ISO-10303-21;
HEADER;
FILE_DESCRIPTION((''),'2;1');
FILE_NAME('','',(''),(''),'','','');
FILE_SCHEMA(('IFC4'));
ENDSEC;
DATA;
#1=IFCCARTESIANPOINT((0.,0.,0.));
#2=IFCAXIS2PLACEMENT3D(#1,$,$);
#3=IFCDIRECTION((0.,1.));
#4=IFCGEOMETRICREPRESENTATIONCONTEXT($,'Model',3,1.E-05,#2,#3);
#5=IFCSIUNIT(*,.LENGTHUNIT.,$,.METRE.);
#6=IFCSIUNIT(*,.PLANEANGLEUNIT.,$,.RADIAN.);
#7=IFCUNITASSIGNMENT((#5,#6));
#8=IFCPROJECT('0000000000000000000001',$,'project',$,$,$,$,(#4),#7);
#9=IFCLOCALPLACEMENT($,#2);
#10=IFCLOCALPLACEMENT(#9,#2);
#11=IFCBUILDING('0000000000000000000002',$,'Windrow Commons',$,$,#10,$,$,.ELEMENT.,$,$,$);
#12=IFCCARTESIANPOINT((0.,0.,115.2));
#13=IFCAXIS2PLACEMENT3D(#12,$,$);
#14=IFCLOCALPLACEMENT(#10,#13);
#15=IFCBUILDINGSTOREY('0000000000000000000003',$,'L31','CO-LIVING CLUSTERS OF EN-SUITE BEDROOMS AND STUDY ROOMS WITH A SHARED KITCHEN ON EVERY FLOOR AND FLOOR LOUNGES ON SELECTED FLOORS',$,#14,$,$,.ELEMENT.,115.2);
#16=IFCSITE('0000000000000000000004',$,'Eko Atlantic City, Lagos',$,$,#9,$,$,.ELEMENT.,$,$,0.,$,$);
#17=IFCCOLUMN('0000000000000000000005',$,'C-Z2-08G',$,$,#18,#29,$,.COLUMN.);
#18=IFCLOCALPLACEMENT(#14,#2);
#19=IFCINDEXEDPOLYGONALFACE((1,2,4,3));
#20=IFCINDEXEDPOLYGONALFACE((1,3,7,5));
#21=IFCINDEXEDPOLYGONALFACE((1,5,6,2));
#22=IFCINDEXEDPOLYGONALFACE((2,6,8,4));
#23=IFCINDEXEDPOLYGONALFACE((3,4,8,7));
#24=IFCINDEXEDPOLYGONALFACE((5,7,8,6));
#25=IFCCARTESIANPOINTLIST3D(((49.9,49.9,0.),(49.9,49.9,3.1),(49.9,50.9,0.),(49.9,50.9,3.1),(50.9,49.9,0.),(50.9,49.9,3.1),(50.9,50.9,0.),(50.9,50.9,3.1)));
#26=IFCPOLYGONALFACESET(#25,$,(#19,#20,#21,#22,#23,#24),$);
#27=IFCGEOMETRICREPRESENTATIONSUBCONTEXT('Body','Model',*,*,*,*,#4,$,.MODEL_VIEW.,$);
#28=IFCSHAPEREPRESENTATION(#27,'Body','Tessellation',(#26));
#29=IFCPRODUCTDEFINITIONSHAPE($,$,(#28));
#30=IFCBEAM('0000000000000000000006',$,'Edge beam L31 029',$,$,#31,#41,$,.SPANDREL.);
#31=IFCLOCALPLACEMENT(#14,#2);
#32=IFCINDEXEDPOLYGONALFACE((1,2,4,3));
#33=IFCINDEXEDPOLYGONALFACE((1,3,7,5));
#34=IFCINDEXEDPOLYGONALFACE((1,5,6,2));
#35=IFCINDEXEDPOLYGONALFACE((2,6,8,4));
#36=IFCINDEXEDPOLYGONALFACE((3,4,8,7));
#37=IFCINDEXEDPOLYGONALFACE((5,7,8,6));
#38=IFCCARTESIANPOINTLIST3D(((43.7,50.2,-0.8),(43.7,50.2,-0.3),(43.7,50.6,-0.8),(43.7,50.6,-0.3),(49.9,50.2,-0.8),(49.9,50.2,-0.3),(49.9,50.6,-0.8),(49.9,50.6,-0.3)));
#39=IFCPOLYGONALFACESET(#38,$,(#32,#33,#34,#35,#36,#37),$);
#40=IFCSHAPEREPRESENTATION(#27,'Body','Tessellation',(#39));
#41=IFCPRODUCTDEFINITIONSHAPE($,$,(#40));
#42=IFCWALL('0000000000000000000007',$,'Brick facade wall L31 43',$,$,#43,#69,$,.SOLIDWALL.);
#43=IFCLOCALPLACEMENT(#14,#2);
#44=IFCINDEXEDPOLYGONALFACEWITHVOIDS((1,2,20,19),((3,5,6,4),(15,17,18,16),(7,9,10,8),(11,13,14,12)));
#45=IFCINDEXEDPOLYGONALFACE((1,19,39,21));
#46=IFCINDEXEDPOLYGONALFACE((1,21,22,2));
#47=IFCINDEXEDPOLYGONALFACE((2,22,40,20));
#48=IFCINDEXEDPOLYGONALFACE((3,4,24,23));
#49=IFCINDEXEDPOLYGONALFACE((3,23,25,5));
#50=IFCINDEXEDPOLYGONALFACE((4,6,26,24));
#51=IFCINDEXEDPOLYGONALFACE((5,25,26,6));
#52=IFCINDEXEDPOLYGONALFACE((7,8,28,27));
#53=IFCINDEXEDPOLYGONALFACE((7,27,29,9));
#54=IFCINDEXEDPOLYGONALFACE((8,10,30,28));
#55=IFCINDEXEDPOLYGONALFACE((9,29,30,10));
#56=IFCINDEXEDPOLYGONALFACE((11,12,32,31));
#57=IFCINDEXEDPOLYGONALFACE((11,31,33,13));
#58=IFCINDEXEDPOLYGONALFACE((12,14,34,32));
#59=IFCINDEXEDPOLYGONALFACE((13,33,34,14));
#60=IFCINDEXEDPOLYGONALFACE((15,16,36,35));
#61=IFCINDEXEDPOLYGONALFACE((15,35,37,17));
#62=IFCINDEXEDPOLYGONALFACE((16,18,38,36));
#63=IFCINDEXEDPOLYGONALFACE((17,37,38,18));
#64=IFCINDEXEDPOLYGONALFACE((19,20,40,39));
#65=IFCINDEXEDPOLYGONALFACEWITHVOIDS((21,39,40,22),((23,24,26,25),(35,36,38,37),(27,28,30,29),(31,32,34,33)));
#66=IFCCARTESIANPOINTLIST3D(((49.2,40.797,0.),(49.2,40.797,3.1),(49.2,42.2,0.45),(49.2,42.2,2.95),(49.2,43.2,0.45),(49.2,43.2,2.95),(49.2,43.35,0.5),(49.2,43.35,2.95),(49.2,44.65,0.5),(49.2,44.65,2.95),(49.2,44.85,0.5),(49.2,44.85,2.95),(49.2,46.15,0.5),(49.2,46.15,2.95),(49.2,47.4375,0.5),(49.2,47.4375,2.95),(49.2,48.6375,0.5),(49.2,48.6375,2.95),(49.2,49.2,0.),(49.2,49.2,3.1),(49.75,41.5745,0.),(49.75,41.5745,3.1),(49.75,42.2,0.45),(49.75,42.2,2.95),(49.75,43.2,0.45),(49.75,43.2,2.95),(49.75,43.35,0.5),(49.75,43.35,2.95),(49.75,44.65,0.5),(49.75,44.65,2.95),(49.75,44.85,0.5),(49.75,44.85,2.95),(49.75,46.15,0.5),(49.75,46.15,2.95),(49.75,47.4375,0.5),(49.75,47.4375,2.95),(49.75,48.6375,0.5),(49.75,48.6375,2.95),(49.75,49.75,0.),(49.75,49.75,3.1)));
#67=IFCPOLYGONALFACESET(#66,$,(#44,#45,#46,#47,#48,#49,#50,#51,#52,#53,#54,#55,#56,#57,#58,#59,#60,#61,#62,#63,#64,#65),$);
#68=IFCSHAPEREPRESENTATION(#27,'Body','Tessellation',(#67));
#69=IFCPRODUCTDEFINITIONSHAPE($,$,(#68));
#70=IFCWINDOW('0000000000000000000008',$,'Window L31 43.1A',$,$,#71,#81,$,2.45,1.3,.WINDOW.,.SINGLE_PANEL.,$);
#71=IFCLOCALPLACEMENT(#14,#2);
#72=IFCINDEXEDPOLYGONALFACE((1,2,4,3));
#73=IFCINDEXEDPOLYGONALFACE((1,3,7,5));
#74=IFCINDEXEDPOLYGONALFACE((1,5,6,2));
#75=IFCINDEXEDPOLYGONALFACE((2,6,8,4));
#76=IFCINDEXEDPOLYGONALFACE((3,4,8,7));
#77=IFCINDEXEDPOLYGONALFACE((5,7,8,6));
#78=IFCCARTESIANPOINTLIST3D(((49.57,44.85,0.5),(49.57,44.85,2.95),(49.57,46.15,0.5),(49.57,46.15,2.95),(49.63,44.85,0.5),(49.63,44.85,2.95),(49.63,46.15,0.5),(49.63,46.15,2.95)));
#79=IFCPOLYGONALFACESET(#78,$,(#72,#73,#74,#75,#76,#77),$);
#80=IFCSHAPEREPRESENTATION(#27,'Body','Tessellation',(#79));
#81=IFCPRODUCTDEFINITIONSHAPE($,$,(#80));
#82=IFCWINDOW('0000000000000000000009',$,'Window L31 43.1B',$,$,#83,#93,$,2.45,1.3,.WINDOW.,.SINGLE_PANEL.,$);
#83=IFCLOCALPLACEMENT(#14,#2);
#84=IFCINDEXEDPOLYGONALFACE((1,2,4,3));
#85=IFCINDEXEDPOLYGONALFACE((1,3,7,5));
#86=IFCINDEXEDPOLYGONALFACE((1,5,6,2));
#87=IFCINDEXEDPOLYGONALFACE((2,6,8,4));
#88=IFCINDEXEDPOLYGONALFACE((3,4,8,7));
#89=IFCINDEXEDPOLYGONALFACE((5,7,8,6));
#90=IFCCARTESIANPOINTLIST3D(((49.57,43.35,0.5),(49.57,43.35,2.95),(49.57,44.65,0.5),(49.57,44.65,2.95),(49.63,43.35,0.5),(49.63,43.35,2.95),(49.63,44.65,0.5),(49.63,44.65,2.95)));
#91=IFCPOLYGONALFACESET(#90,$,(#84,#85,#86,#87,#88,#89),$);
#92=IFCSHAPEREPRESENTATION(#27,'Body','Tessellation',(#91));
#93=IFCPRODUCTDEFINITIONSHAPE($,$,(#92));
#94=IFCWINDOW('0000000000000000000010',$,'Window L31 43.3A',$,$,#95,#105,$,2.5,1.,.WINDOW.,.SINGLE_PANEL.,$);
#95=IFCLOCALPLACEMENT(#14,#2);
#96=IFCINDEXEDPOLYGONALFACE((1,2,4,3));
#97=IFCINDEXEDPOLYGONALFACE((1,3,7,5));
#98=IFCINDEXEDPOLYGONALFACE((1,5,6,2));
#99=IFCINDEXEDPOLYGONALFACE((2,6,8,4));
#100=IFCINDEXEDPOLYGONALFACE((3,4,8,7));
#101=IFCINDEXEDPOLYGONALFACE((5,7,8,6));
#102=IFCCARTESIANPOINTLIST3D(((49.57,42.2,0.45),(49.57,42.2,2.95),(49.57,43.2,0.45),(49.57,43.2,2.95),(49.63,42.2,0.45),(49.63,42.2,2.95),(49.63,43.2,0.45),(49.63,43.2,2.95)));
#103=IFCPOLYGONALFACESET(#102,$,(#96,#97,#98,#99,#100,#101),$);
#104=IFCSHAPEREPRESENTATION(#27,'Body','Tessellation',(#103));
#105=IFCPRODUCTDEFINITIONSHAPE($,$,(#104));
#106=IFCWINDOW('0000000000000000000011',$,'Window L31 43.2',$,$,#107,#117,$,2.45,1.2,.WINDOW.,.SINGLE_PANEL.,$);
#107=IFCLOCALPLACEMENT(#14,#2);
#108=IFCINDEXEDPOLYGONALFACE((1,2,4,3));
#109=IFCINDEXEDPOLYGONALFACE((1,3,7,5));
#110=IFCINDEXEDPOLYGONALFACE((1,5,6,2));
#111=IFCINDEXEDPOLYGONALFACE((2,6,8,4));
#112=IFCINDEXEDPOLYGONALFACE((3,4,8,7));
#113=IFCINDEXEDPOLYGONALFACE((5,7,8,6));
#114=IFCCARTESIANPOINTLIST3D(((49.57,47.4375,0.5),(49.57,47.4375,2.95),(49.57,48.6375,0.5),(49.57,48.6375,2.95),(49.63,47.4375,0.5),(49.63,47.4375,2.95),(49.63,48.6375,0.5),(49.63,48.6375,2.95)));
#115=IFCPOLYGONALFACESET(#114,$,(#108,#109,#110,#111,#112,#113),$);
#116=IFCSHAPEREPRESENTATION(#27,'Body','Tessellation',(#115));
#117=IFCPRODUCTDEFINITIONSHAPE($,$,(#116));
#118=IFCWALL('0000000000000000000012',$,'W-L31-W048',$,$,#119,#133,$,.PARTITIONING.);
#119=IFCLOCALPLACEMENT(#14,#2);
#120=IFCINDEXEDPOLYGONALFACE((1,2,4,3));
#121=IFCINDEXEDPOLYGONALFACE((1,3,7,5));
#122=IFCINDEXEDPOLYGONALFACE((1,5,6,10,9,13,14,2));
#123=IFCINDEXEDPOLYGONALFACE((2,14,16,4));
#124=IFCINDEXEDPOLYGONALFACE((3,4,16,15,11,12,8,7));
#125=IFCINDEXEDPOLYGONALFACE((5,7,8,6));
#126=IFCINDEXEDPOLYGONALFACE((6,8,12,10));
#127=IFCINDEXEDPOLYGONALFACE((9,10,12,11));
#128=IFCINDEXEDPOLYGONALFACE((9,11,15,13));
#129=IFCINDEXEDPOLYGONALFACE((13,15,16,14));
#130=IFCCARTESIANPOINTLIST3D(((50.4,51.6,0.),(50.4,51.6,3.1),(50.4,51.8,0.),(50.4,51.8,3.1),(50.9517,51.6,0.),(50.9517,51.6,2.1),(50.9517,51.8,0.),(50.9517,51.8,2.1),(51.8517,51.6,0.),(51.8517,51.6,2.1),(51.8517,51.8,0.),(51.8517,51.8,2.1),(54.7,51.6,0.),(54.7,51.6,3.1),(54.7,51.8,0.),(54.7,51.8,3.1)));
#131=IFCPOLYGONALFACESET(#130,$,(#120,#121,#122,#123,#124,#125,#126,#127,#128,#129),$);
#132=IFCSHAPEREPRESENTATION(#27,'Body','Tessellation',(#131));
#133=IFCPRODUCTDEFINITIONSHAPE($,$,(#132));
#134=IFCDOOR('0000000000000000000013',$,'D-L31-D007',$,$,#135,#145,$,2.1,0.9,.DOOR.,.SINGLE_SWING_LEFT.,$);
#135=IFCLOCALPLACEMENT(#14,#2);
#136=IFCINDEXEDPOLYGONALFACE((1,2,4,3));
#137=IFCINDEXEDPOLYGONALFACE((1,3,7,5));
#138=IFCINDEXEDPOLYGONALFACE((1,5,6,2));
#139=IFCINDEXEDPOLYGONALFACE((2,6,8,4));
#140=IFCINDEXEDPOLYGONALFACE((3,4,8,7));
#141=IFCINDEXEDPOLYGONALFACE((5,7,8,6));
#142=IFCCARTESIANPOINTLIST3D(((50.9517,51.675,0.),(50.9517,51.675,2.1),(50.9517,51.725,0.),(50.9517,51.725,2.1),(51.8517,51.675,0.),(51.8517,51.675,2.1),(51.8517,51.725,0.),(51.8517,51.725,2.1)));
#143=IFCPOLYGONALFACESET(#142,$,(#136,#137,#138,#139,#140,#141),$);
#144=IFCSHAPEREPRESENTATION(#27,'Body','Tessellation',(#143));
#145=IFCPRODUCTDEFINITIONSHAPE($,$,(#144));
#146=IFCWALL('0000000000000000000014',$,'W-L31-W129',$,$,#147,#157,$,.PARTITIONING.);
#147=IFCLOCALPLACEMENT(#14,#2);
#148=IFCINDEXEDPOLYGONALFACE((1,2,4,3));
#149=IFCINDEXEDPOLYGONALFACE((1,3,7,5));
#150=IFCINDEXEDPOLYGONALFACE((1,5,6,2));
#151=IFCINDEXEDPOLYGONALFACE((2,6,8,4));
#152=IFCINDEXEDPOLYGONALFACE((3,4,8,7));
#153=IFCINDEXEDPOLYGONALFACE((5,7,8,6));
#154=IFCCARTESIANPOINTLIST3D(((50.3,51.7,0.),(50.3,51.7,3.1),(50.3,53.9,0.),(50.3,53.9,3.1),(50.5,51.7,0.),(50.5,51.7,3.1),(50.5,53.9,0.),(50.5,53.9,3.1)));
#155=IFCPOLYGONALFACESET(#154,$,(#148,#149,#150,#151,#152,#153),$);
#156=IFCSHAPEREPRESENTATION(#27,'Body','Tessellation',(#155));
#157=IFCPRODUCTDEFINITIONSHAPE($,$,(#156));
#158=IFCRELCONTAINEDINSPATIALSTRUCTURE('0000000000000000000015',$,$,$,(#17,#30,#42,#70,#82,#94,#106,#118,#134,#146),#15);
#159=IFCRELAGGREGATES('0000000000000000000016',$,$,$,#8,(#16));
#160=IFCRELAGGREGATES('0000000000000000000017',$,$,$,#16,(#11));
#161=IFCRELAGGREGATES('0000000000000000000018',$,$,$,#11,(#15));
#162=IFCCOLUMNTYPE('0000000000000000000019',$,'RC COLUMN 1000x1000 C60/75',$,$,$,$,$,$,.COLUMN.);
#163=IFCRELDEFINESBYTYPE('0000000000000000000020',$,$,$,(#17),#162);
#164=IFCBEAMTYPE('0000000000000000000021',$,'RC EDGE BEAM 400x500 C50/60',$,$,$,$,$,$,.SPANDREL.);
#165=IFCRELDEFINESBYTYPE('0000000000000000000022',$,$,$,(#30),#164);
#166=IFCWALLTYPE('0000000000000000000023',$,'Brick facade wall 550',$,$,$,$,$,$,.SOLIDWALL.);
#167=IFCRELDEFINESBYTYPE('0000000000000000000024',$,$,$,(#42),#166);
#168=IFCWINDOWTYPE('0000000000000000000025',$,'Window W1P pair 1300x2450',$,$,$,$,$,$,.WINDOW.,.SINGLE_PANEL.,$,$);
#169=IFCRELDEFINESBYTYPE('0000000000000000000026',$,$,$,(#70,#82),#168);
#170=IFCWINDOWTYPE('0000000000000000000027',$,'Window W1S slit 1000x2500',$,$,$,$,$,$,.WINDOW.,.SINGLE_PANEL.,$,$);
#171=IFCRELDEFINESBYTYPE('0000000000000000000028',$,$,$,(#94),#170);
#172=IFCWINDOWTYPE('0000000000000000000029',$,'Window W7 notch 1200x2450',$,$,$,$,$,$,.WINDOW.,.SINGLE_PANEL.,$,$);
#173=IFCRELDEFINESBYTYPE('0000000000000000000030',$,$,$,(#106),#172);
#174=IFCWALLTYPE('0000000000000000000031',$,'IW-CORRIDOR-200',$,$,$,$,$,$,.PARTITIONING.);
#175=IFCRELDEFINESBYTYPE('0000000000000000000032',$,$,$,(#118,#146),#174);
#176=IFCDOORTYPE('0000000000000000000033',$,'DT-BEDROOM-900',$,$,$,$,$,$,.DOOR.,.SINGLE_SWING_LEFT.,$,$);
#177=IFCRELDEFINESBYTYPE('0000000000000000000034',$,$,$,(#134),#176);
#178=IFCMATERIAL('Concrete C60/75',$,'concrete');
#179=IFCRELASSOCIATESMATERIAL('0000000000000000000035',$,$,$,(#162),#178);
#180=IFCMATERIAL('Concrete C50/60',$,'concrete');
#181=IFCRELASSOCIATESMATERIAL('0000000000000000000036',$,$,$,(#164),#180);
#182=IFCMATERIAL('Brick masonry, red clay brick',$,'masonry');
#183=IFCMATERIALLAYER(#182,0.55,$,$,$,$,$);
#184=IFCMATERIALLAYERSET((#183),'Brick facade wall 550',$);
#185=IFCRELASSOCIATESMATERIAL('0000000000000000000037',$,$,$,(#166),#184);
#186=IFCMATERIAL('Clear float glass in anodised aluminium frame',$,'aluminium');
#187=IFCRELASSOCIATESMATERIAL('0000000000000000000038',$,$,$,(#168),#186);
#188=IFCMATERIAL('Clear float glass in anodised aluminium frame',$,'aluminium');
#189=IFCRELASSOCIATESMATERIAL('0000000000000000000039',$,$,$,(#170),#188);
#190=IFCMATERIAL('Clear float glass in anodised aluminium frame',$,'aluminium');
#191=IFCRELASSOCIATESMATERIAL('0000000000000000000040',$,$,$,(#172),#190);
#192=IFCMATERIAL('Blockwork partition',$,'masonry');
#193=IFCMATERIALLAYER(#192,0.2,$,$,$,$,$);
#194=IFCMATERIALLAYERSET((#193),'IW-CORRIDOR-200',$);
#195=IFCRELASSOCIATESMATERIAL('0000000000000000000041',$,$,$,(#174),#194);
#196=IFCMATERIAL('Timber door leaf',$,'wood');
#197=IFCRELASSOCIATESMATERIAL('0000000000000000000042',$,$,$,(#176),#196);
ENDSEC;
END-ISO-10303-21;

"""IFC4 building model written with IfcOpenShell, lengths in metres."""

from ifc_helpers import new_model, si_unit, direction, frame, frame_2d, origin, origin_2d, place, context, subcontext, project, spatial, polyline, rectangle, outline, extrude, material, layer, layer_set, material_profile, profile_set, type_object, element, fill, save


model = new_model("IFC4")

# Units and contexts
model_context = context("Model", 3, precision=1e-05, world=origin(), true_north=direction((0.0, 1.0)))
body_context = subcontext(model_context, "Body", "Model", "MODEL_VIEW")
ifc_project = project(units=[si_unit("LENGTHUNIT", "METRE"), si_unit("PLANEANGLEUNIT", "RADIAN")], contexts=[model_context])

# Site, building, storey
site_placement = place(None, origin())
site = spatial("IfcSite", under=ifc_project, at=site_placement, Name="Eko Atlantic City, Lagos", CompositionType="ELEMENT", RefElevation=0.0)
building_placement = place(site_placement, origin())
building = spatial("IfcBuilding", under=site, at=building_placement, Name="Windrow Commons", CompositionType="ELEMENT")
storey_placement = place(building_placement, frame((0.0, 0.0, 115.2)))
storey = spatial("IfcBuildingStorey", under=building, at=storey_placement, Name="L31", Description="CO-LIVING CLUSTERS OF EN-SUITE BEDROOMS AND STUDY ROOMS WITH A SHARED KITCHEN ON EVERY FLOOR AND FLOOR LOUNGES ON SELECTED FLOORS", CompositionType="ELEMENT", Elevation=115.2)

# Column
ifc_material_1 = material(Name="Concrete C60/75", Category="concrete")
ifc_material_profile_1 = material_profile(ifc_material_1, rectangle(XDim=1.0, YDim=1.0, at=origin_2d()))
ifc_profile_set_1 = profile_set([ifc_material_profile_1], Name="Concrete C60/75")
column_type = type_object("IfcColumnType", Name="RC COLUMN 1000x1000 C60/75", PredefinedType="COLUMN", material=ifc_profile_set_1)
column_placement = place(storey_placement, frame((50.4, 50.4, 0.0), z_axis=(0.0, 0.0, 1.0), x_axis=(1.0, 0.0, 0.0)))
element("IfcColumn", 1, at=column_placement, inside=storey, type_object=column_type, Name="C-Z2-08G", PredefinedType="COLUMN", context=body_context, shape_type="SweptSolid", body=[
    extrude(rectangle(XDim=1.0, YDim=1.0, at=origin_2d()), origin(), (0.0, 0.0, 1.0), 3.1),
])

# Beam
ifc_material_2 = material(Name="Concrete C50/60", Category="concrete")
ifc_material_profile_2 = material_profile(ifc_material_2, rectangle(XDim=0.4, YDim=0.5, at=origin_2d()))
ifc_profile_set_2 = profile_set([ifc_material_profile_2], Name="Concrete C50/60")
beam_type = type_object("IfcBeamType", Name="RC EDGE BEAM 400x500 C50/60", PredefinedType="SPANDREL", material=ifc_profile_set_2)
beam_placement = place(storey_placement, frame((49.9, 50.4, -0.55), z_axis=(-1.0, 0.0, 0.0), x_axis=(0.0, -1.0, 0.0)))
element("IfcBeam", 2, at=beam_placement, inside=storey, type_object=beam_type, Name="Edge beam L31 029", PredefinedType="SPANDREL", context=body_context, shape_type="SweptSolid", body=[
    extrude(rectangle(XDim=0.4, YDim=0.5, at=origin_2d()), origin(), (0.0, 0.0, 1.0), 6.2),
])

# Wall, openings, windows
ifc_material_3 = material(Name="Brick masonry, red clay brick", Category="masonry")
ifc_layer_1 = layer(ifc_material_3, 0.55)
ifc_layer_set_1 = layer_set([ifc_layer_1], Name="Brick facade wall 550")
wall_type_1 = type_object("IfcWallType", Name="Brick facade wall 550", PredefinedType="SOLIDWALL", material=ifc_layer_set_1)
wall_1_placement = place(storey_placement, frame((49.475, 49.475, 0.0), z_axis=(0.0, 0.0, 1.0), x_axis=(0.0, -1.0, 0.0)))
wall_1 = element("IfcWall", 3, at=wall_1_placement, inside=storey, type_object=wall_type_1, Name="Brick facade wall L31 43", PredefinedType="SOLIDWALL", context=body_context, shape_type="SweptSolid", body=[
    extrude(outline(polyline([(0.275, -0.275), (8.678, -0.275), (7.9005, 0.275), (-0.275, 0.275), (0.275, -0.275)])), origin(), (0.0, 0.0, 1.0), 3.1),
])
opening_1_placement = place(wall_1_placement, frame((3.325, 0.0, 0.5)))
opening_1 = element("IfcOpeningElement", 4, at=opening_1_placement, cuts=wall_1, PredefinedType="OPENING", context=body_context, shape_type="SweptSolid", body=[
    extrude(rectangle(XDim=1.3, YDim=2.45, at=frame_2d((0.65, 1.225))), frame((0.0, 0.285, 0.0), z_axis=(0.0, -1.0, 0.0), x_axis=(1.0, 0.0, 0.0)), (0.0, 0.0, 1.0), 0.57),
])
opening_2_placement = place(wall_1_placement, frame((4.825, 0.0, 0.5)))
opening_2 = element("IfcOpeningElement", 5, at=opening_2_placement, cuts=wall_1, PredefinedType="OPENING", context=body_context, shape_type="SweptSolid", body=[
    extrude(rectangle(XDim=1.3, YDim=2.45, at=frame_2d((0.65, 1.225))), frame((0.0, 0.285, 0.0), z_axis=(0.0, -1.0, 0.0), x_axis=(1.0, 0.0, 0.0)), (0.0, 0.0, 1.0), 0.57),
])
opening_3_placement = place(wall_1_placement, frame((0.8375, 0.0, 0.5)))
opening_3 = element("IfcOpeningElement", 6, at=opening_3_placement, cuts=wall_1, PredefinedType="OPENING", context=body_context, shape_type="SweptSolid", body=[
    extrude(rectangle(XDim=1.2, YDim=2.45, at=frame_2d((0.6, 1.225))), frame((0.0, 0.285, 0.0), z_axis=(0.0, -1.0, 0.0), x_axis=(1.0, 0.0, 0.0)), (0.0, 0.0, 1.0), 0.57),
])
opening_4_placement = place(wall_1_placement, frame((6.275, 0.0, 0.45)))
opening_4 = element("IfcOpeningElement", 7, at=opening_4_placement, cuts=wall_1, PredefinedType="OPENING", context=body_context, shape_type="SweptSolid", body=[
    extrude(rectangle(XDim=1.0, YDim=2.5, at=frame_2d((0.5, 1.25))), frame((0.0, 0.285, 0.0), z_axis=(0.0, -1.0, 0.0), x_axis=(1.0, 0.0, 0.0)), (0.0, 0.0, 1.0), 0.57),
])
ifc_material_4 = material(Name="Clear float glass in anodised aluminium frame", Category="aluminium")
window_type_1 = type_object("IfcWindowType", Name="Window W1P pair 1300x2450", PartitioningType="SINGLE_PANEL", PredefinedType="WINDOW", material=ifc_material_4)
window_1_placement = place(opening_1_placement, origin())
window_1 = element("IfcWindow", 8, at=window_1_placement, inside=storey, type_object=window_type_1, Name="Window L31 43.1A", OverallHeight=2.45, OverallWidth=1.3, PartitioningType="SINGLE_PANEL", PredefinedType="WINDOW", context=body_context, shape_type="SweptSolid", body=[
    extrude(rectangle(XDim=1.3, YDim=2.45, at=frame_2d((0.65, 1.225))), frame((0.0, 0.155, 0.0), z_axis=(0.0, -1.0, 0.0), x_axis=(1.0, 0.0, 0.0)), (0.0, 0.0, 1.0), 0.06),
])
fill(opening_1, window_1)
window_2_placement = place(opening_2_placement, origin())
window_2 = element("IfcWindow", 9, at=window_2_placement, inside=storey, type_object=window_type_1, Name="Window L31 43.1B", OverallHeight=2.45, OverallWidth=1.3, PartitioningType="SINGLE_PANEL", PredefinedType="WINDOW", context=body_context, shape_type="SweptSolid", body=[
    extrude(rectangle(XDim=1.3, YDim=2.45, at=frame_2d((0.65, 1.225))), frame((0.0, 0.155, 0.0), z_axis=(0.0, -1.0, 0.0), x_axis=(1.0, 0.0, 0.0)), (0.0, 0.0, 1.0), 0.06),
])
fill(opening_2, window_2)
ifc_material_5 = material(Name="Clear float glass in anodised aluminium frame", Category="aluminium")
window_type_2 = type_object("IfcWindowType", Name="Window W1S slit 1000x2500", PartitioningType="SINGLE_PANEL", PredefinedType="WINDOW", material=ifc_material_5)
window_3_placement = place(opening_4_placement, origin())
window_3 = element("IfcWindow", 10, at=window_3_placement, inside=storey, type_object=window_type_2, Name="Window L31 43.3A", OverallHeight=2.5, OverallWidth=1.0, PartitioningType="SINGLE_PANEL", PredefinedType="WINDOW", context=body_context, shape_type="SweptSolid", body=[
    extrude(rectangle(XDim=1.0, YDim=2.5, at=frame_2d((0.5, 1.25))), frame((0.0, 0.155, 0.0), z_axis=(0.0, -1.0, 0.0), x_axis=(1.0, 0.0, 0.0)), (0.0, 0.0, 1.0), 0.06),
])
fill(opening_4, window_3)
ifc_material_6 = material(Name="Clear float glass in anodised aluminium frame", Category="aluminium")
window_type_3 = type_object("IfcWindowType", Name="Window W7 notch 1200x2450", PartitioningType="SINGLE_PANEL", PredefinedType="WINDOW", material=ifc_material_6)
window_4_placement = place(opening_3_placement, origin())
window_4 = element("IfcWindow", 11, at=window_4_placement, inside=storey, type_object=window_type_3, Name="Window L31 43.2", OverallHeight=2.45, OverallWidth=1.2, PartitioningType="SINGLE_PANEL", PredefinedType="WINDOW", context=body_context, shape_type="SweptSolid", body=[
    extrude(rectangle(XDim=1.2, YDim=2.45, at=frame_2d((0.6, 1.225))), frame((0.0, 0.155, 0.0), z_axis=(0.0, -1.0, 0.0), x_axis=(1.0, 0.0, 0.0)), (0.0, 0.0, 1.0), 0.06),
])
fill(opening_3, window_4)

# Wall, opening, door
ifc_material_7 = material(Name="Blockwork partition", Category="masonry")
ifc_layer_2 = layer(ifc_material_7, 0.2)
ifc_layer_set_2 = layer_set([ifc_layer_2], Name="IW-CORRIDOR-200")
wall_type_2 = type_object("IfcWallType", Name="IW-CORRIDOR-200", PredefinedType="PARTITIONING", material=ifc_layer_set_2)
wall_2_placement = place(storey_placement, frame((50.4, 51.7, 0.0), z_axis=(0.0, 0.0, 1.0), x_axis=(1.0, 0.0, 0.0)))
wall_2 = element("IfcWall", 12, at=wall_2_placement, inside=storey, type_object=wall_type_2, Name="W-L31-W048", PredefinedType="PARTITIONING", context=body_context, shape_type="SweptSolid", body=[
    extrude(rectangle(XDim=4.3, YDim=0.2, at=frame_2d((2.15, 0.0))), origin(), (0.0, 0.0, 1.0), 3.1),
])
opening_5_placement = place(wall_2_placement, frame((0.5517, 0.0, 0.0)))
opening_5 = element("IfcOpeningElement", 13, at=opening_5_placement, cuts=wall_2, PredefinedType="OPENING", context=body_context, shape_type="SweptSolid", body=[
    extrude(rectangle(XDim=0.9, YDim=2.1, at=frame_2d((0.45, 1.05))), frame((0.0, 0.11, 0.0), z_axis=(0.0, -1.0, 0.0), x_axis=(1.0, 0.0, 0.0)), (0.0, 0.0, 1.0), 0.22),
])
ifc_material_8 = material(Name="Timber door leaf", Category="wood")
door_type = type_object("IfcDoorType", Name="DT-BEDROOM-900", OperationType="SINGLE_SWING_LEFT", PredefinedType="DOOR", material=ifc_material_8)
door_placement = place(opening_5_placement, origin())
door = element("IfcDoor", 14, at=door_placement, inside=storey, type_object=door_type, Name="D-L31-D007", OperationType="SINGLE_SWING_LEFT", OverallHeight=2.1, OverallWidth=0.9, PredefinedType="DOOR", context=body_context, shape_type="SweptSolid", body=[
    extrude(rectangle(XDim=0.9, YDim=2.1, at=frame_2d((0.45, 1.05))), frame((0.0, 0.025, 0.0), z_axis=(0.0, -1.0, 0.0), x_axis=(1.0, 0.0, 0.0)), (0.0, 0.0, 1.0), 0.05),
])
fill(opening_5, door)

# Wall
wall_3_placement = place(storey_placement, frame((50.4, 51.7, 0.0), z_axis=(0.0, 0.0, 1.0), x_axis=(0.0, 1.0, 0.0)))
element("IfcWall", 15, at=wall_3_placement, inside=storey, type_object=wall_type_2, Name="W-L31-W129", PredefinedType="PARTITIONING", context=body_context, shape_type="SweptSolid", body=[
    extrude(rectangle(XDim=2.2, YDim=0.2, at=frame_2d((1.1, 0.0))), origin(), (0.0, 0.0, 1.0), 3.1),
])

save(model, "model.ifc")
